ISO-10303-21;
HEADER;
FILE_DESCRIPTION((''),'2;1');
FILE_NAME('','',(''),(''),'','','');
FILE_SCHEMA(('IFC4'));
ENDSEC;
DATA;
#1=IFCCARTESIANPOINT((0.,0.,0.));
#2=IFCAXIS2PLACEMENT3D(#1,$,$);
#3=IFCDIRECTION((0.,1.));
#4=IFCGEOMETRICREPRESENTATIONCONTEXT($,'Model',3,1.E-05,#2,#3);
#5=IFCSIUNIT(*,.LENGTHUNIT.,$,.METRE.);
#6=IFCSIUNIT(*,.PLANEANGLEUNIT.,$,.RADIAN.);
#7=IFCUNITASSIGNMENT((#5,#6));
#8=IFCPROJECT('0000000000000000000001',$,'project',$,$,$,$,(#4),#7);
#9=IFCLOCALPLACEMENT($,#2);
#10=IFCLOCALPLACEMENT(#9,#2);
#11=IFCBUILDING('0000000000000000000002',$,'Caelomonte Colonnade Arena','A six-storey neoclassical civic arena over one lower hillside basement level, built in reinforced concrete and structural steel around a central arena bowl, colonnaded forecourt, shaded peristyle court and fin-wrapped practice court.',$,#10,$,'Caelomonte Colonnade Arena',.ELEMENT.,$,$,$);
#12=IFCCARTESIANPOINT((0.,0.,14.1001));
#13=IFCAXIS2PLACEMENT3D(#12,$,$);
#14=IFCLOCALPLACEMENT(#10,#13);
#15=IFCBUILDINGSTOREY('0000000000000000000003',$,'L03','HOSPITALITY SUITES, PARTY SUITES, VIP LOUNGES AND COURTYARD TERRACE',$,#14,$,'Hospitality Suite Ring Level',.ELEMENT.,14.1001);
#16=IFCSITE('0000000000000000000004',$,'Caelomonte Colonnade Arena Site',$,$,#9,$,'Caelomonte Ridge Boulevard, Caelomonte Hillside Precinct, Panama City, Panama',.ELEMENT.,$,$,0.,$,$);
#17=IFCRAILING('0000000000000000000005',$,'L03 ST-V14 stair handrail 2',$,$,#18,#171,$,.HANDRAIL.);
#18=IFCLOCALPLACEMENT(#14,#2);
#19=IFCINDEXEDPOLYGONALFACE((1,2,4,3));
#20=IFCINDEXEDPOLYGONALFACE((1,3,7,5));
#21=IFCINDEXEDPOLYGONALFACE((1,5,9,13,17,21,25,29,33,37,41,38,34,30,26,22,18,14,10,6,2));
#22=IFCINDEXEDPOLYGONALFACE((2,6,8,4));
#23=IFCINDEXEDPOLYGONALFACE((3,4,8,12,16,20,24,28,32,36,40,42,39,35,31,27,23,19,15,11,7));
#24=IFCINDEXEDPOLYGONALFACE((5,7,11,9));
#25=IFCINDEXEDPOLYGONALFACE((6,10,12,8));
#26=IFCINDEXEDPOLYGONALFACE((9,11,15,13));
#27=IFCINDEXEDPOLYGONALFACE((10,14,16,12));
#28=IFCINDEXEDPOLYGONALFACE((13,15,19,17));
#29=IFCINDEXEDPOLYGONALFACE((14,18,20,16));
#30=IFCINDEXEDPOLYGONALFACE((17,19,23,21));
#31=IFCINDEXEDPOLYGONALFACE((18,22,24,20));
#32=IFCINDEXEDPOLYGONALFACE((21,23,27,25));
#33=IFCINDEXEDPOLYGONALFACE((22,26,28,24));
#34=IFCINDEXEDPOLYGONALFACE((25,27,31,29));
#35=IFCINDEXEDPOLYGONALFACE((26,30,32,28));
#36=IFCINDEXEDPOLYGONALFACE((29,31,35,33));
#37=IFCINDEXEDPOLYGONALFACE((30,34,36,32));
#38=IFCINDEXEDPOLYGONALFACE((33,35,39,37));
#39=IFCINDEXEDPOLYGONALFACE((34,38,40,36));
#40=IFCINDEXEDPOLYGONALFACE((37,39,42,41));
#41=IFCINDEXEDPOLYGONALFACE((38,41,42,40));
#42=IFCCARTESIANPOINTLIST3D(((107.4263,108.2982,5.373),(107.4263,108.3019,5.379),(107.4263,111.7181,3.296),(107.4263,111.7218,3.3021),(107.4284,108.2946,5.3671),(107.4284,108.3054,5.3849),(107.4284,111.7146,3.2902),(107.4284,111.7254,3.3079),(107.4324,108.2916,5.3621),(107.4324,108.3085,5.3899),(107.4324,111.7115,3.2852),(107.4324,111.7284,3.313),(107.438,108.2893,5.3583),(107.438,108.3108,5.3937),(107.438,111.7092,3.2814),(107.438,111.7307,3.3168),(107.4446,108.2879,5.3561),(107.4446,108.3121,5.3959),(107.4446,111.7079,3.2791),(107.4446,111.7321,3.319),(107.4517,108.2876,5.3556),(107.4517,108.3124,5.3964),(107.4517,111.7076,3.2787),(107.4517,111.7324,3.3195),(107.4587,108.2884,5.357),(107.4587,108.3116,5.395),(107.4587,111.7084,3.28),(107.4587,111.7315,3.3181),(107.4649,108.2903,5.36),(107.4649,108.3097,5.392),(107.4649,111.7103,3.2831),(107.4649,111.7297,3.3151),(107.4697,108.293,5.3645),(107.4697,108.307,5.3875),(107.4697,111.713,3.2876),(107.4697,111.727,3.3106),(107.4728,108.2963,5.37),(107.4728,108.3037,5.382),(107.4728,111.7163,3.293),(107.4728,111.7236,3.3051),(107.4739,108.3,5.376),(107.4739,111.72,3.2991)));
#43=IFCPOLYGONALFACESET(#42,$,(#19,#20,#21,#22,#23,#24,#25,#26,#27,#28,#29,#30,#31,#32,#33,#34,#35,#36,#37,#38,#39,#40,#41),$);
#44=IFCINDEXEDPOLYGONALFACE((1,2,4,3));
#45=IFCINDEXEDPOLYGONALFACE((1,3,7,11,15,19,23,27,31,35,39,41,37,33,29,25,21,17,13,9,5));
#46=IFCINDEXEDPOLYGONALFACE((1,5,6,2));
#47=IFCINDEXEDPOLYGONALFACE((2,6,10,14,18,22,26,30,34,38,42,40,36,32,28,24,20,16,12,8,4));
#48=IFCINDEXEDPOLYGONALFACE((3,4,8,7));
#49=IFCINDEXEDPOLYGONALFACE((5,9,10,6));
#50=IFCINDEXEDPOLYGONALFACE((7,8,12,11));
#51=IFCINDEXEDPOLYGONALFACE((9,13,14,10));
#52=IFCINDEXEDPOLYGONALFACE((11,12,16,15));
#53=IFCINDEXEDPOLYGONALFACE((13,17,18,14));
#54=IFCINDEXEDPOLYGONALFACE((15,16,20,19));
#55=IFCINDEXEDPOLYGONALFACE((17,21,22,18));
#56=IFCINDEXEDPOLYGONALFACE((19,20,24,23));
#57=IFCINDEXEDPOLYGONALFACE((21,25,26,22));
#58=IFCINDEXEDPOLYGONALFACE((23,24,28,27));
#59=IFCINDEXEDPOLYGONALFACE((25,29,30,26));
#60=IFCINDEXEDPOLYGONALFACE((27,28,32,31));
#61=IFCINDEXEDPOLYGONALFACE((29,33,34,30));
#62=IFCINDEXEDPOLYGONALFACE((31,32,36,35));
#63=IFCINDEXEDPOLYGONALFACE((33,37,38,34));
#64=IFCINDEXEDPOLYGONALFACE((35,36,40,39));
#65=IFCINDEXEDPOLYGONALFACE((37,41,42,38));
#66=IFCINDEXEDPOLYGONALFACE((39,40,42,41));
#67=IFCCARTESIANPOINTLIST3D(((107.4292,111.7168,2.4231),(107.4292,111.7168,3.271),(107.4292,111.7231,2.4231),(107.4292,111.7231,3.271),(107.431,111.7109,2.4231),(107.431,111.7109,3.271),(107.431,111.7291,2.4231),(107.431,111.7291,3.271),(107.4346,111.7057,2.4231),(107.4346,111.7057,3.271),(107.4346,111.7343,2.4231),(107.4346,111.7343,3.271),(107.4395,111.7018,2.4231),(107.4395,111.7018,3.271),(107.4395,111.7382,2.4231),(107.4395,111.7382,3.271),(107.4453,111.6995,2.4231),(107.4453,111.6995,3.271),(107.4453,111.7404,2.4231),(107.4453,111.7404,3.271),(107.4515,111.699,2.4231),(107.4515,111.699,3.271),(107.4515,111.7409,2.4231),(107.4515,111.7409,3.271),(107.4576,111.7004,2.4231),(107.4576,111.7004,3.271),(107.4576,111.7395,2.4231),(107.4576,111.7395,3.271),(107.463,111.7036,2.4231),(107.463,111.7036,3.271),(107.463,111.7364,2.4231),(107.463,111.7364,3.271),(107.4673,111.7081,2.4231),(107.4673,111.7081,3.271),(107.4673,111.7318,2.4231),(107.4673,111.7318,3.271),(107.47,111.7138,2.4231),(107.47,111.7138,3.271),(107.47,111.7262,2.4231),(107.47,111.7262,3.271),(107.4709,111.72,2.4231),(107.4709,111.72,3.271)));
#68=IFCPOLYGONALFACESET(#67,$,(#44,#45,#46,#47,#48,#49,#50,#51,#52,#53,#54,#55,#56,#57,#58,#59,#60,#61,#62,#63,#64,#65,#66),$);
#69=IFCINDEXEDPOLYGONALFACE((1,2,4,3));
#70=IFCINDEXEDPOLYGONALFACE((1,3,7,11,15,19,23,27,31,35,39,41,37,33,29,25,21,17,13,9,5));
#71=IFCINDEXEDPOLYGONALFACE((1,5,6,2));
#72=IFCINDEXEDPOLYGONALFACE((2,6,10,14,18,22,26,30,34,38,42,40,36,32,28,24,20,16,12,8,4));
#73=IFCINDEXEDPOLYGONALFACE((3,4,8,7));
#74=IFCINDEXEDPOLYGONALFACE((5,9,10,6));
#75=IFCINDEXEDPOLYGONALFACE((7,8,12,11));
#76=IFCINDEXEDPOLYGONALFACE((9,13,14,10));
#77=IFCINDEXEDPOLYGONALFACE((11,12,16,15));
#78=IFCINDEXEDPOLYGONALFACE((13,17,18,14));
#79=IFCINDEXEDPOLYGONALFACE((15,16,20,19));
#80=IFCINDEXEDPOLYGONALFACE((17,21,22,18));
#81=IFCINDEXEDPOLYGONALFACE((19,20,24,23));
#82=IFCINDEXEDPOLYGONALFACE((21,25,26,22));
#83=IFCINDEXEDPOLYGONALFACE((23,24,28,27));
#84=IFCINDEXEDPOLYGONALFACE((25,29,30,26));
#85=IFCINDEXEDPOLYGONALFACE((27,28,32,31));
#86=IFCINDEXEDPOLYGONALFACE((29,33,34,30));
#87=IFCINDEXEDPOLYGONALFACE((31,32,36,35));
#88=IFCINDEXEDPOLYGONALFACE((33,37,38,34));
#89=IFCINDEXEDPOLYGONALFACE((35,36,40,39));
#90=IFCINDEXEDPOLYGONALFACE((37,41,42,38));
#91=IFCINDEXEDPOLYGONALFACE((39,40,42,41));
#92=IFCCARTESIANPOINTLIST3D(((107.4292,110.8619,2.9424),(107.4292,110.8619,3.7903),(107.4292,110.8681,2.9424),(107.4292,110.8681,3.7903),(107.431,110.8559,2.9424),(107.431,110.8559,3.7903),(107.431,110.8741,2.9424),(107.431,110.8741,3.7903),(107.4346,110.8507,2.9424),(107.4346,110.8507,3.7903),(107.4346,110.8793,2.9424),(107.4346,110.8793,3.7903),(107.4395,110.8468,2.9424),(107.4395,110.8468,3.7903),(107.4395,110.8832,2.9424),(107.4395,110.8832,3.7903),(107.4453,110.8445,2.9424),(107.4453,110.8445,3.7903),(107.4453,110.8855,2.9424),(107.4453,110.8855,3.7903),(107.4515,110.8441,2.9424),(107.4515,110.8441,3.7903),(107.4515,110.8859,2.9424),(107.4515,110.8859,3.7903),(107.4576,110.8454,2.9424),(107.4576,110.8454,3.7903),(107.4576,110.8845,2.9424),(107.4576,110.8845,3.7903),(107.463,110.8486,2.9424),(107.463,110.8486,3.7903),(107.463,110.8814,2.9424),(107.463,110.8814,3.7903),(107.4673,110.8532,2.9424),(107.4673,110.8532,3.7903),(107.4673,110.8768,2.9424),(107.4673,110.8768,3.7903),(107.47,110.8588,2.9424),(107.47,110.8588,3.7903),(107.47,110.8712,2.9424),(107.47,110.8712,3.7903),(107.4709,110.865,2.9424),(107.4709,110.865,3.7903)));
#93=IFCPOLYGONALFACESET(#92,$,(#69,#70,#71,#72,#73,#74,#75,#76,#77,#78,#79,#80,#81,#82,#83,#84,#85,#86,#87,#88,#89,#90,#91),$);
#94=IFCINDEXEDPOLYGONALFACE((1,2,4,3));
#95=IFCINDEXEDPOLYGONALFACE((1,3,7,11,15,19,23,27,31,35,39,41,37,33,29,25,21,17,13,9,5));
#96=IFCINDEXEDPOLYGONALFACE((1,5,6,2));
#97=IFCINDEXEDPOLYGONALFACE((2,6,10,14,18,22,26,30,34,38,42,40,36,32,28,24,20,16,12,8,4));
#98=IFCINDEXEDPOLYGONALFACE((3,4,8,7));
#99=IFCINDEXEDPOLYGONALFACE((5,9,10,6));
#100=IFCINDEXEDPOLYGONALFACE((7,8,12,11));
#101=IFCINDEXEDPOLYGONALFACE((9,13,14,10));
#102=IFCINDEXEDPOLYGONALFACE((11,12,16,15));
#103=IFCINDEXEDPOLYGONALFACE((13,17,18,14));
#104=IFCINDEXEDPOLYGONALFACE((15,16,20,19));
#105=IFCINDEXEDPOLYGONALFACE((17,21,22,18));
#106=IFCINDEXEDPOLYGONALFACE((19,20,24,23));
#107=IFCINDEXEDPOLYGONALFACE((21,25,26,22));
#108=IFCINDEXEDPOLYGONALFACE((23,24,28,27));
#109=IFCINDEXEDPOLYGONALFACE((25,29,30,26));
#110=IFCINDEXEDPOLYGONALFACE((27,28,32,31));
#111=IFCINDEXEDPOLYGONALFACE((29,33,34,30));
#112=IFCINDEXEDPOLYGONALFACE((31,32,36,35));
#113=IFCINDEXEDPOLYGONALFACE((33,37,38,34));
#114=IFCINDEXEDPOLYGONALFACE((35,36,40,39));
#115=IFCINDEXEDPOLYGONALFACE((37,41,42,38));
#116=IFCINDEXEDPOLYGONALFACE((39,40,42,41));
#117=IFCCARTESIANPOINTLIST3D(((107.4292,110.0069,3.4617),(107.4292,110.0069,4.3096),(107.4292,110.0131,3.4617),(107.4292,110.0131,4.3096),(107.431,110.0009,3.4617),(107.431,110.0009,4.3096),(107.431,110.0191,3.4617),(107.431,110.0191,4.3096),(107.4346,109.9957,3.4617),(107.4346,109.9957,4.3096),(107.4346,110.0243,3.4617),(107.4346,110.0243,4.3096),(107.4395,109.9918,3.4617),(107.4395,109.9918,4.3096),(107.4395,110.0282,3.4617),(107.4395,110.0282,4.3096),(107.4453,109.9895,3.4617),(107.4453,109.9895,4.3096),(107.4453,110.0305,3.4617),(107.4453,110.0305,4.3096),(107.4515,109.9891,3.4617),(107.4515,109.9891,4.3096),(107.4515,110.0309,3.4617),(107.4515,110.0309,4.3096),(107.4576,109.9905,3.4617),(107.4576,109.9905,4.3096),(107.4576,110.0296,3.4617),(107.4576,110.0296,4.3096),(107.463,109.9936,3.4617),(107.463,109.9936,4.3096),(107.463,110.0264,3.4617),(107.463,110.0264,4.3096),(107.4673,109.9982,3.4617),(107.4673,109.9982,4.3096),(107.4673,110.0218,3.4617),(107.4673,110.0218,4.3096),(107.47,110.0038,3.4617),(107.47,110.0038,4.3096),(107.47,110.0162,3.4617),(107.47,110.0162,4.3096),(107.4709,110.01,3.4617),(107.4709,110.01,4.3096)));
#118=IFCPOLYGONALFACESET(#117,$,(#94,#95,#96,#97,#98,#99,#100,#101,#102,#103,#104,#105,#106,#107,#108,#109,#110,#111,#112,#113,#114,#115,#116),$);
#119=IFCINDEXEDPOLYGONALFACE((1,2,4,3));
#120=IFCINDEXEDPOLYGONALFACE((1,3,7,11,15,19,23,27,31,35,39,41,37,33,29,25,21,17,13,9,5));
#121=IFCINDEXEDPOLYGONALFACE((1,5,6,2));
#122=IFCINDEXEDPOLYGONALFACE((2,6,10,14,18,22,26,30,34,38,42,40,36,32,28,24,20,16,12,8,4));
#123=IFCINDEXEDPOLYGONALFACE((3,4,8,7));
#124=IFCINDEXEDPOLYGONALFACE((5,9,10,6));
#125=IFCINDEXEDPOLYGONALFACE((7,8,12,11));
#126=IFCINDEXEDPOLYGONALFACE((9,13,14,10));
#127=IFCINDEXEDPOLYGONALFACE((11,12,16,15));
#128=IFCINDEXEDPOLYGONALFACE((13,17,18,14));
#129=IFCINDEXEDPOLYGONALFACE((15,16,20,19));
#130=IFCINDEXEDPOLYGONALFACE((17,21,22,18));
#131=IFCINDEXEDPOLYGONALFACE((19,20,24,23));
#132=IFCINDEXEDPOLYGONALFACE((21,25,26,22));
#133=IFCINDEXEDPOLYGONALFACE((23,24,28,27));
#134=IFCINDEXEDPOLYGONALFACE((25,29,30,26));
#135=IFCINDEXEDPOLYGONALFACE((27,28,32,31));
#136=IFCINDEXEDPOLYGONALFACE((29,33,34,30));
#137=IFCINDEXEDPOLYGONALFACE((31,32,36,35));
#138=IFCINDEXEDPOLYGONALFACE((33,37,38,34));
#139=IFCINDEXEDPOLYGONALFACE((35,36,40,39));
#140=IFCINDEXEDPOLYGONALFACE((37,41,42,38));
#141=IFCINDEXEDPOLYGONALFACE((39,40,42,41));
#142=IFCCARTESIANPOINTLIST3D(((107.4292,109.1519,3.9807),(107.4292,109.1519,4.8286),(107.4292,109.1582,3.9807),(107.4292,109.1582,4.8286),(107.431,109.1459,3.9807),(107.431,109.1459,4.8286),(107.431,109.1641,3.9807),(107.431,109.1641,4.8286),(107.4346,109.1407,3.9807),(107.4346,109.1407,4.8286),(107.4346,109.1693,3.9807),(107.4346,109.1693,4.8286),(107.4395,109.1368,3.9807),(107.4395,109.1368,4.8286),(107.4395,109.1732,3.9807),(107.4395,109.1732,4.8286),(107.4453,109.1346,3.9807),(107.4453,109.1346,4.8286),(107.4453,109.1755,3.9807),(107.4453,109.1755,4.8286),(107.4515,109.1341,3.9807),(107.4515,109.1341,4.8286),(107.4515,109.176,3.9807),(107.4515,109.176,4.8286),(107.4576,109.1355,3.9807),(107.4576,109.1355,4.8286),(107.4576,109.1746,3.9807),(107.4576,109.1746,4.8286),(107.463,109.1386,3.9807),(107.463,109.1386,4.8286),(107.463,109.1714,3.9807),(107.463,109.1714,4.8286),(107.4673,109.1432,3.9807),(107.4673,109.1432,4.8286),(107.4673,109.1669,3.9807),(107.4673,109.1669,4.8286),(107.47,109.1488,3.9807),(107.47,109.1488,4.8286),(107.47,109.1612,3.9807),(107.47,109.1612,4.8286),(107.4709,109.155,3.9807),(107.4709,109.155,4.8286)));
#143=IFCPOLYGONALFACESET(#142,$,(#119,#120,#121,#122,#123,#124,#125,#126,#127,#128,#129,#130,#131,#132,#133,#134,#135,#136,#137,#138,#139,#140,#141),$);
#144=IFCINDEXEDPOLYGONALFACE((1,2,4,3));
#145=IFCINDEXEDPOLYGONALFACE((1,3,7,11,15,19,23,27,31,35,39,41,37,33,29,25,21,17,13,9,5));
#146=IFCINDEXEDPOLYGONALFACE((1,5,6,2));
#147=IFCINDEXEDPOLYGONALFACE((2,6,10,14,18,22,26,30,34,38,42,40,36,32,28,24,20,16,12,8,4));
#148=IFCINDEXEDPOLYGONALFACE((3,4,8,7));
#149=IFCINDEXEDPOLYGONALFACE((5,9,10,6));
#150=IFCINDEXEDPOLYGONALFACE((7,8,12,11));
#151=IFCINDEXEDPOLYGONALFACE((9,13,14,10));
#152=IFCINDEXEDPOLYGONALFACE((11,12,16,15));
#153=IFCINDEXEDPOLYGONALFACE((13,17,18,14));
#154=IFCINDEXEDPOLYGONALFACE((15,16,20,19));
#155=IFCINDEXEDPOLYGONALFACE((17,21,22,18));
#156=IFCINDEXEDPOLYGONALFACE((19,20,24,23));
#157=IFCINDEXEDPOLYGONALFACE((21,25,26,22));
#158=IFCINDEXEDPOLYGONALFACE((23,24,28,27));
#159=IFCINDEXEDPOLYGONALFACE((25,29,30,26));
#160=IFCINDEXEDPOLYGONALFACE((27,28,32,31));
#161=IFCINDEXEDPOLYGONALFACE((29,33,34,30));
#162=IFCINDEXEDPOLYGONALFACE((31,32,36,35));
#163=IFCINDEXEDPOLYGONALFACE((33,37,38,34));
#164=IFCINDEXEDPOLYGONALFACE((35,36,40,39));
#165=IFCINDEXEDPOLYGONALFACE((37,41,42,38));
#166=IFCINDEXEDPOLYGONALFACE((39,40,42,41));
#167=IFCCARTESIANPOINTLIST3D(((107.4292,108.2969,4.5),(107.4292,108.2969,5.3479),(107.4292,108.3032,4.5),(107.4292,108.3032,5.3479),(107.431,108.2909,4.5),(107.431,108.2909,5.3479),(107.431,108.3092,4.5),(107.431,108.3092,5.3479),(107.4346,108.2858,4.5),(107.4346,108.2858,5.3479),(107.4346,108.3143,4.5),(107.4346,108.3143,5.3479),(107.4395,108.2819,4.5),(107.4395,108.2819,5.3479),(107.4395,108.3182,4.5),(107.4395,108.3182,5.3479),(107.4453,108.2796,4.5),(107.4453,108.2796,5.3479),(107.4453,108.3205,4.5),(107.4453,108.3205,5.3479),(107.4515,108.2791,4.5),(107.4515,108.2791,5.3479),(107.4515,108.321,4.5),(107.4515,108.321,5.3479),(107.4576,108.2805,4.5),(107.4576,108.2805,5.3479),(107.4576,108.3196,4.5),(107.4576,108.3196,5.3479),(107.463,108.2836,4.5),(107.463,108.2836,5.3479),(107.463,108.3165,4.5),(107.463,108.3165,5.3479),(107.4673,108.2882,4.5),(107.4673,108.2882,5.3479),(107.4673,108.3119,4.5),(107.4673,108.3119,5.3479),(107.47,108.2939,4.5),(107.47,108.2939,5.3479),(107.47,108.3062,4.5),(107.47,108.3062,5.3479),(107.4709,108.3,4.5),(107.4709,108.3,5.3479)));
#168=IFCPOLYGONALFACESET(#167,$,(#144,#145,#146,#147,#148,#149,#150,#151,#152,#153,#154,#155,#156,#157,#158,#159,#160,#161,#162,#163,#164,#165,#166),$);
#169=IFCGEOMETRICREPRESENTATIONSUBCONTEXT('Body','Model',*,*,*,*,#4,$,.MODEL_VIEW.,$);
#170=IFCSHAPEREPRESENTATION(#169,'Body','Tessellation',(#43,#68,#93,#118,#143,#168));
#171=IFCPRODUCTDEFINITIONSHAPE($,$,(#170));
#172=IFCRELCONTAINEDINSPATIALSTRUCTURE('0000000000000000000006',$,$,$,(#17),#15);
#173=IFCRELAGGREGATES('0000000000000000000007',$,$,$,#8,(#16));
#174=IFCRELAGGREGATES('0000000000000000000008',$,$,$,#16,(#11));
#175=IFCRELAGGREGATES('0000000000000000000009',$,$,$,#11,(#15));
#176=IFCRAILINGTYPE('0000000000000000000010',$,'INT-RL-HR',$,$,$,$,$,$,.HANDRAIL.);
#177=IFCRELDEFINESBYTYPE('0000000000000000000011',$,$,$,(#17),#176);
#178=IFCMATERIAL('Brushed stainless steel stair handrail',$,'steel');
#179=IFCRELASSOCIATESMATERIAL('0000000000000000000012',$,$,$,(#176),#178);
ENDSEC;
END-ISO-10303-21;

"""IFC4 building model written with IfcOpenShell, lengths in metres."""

from ifc_helpers import new_model, si_unit, direction, frame, origin, origin_2d, place, context, subcontext, project, spatial, circle, extrude, material, type_object, element, save


model = new_model("IFC4")

# Units and contexts
model_context = context("Model", 3, precision=1e-05, world=origin(), true_north=direction((0.0, 1.0)))
body_context = subcontext(model_context, "Body", "Model", "MODEL_VIEW")
ifc_project = project(units=[si_unit("LENGTHUNIT", "METRE"), si_unit("PLANEANGLEUNIT", "RADIAN")], contexts=[model_context])

# Site, building, storey
site_placement = place(None, origin())
site = spatial("IfcSite", under=ifc_project, at=site_placement, Name="Caelomonte Colonnade Arena Site", LongName="Caelomonte Ridge Boulevard, Caelomonte Hillside Precinct, Panama City, Panama", CompositionType="ELEMENT", RefElevation=0.0)
building_placement = place(site_placement, origin())
building = spatial("IfcBuilding", under=site, at=building_placement, Name="Caelomonte Colonnade Arena", Description="A six-storey neoclassical civic arena over one lower hillside basement level, built in reinforced concrete and structural steel around a central arena bowl, colonnaded forecourt, shaded peristyle court and fin-wrapped practice court.", LongName="Caelomonte Colonnade Arena", CompositionType="ELEMENT")
storey_placement = place(building_placement, frame((0.0, 0.0, 14.1001)))
storey = spatial("IfcBuildingStorey", under=building, at=storey_placement, Name="L03", Description="HOSPITALITY SUITES, PARTY SUITES, VIP LOUNGES AND COURTYARD TERRACE", LongName="Hospitality Suite Ring Level", CompositionType="ELEMENT", Elevation=14.1001)

# Railing
ifc_material_1 = material(Name="Brushed stainless steel stair handrail", Category="steel")
railing_type_1 = type_object("IfcRailingType", Name="INT-RL-HR", PredefinedType="HANDRAIL", material=ifc_material_1)
railing_1_placement = place(storey_placement, frame((107.45, 111.72, 2.4231)))
element("IfcRailing", 1, at=railing_1_placement, inside=storey, type_object=railing_type_1, Name="L03 ST-V14 stair handrail 2", PredefinedType="HANDRAIL", context=body_context, shape_type="SweptSolid", body=[
    extrude(circle(Radius=0.0239, at=origin_2d()), frame((0.0, 0.0, 0.876), z_axis=(0.0, -0.85473, 0.519074), x_axis=(1.0, 0.0, 0.0)), (0.0, 0.0, 1.0), 4.0012),
    extrude(circle(Radius=0.021, at=origin_2d()), origin(), (0.0, 0.0, 1.0), 0.8479),
    extrude(circle(Radius=0.021, at=origin_2d()), frame((0.0, -0.855, 0.5193)), (0.0, 0.0, 1.0), 0.8479),
    extrude(circle(Radius=0.021, at=origin_2d()), frame((0.0, -1.71, 1.0386)), (0.0, 0.0, 1.0), 0.8479),
    extrude(circle(Radius=0.021, at=origin_2d()), frame((0.0, -2.5649, 1.5576)), (0.0, 0.0, 1.0), 0.8479),
    extrude(circle(Radius=0.021, at=origin_2d()), frame((0.0, -3.4199, 2.0769)), (0.0, 0.0, 1.0), 0.8479),
])

save(model, "model.ifc")
